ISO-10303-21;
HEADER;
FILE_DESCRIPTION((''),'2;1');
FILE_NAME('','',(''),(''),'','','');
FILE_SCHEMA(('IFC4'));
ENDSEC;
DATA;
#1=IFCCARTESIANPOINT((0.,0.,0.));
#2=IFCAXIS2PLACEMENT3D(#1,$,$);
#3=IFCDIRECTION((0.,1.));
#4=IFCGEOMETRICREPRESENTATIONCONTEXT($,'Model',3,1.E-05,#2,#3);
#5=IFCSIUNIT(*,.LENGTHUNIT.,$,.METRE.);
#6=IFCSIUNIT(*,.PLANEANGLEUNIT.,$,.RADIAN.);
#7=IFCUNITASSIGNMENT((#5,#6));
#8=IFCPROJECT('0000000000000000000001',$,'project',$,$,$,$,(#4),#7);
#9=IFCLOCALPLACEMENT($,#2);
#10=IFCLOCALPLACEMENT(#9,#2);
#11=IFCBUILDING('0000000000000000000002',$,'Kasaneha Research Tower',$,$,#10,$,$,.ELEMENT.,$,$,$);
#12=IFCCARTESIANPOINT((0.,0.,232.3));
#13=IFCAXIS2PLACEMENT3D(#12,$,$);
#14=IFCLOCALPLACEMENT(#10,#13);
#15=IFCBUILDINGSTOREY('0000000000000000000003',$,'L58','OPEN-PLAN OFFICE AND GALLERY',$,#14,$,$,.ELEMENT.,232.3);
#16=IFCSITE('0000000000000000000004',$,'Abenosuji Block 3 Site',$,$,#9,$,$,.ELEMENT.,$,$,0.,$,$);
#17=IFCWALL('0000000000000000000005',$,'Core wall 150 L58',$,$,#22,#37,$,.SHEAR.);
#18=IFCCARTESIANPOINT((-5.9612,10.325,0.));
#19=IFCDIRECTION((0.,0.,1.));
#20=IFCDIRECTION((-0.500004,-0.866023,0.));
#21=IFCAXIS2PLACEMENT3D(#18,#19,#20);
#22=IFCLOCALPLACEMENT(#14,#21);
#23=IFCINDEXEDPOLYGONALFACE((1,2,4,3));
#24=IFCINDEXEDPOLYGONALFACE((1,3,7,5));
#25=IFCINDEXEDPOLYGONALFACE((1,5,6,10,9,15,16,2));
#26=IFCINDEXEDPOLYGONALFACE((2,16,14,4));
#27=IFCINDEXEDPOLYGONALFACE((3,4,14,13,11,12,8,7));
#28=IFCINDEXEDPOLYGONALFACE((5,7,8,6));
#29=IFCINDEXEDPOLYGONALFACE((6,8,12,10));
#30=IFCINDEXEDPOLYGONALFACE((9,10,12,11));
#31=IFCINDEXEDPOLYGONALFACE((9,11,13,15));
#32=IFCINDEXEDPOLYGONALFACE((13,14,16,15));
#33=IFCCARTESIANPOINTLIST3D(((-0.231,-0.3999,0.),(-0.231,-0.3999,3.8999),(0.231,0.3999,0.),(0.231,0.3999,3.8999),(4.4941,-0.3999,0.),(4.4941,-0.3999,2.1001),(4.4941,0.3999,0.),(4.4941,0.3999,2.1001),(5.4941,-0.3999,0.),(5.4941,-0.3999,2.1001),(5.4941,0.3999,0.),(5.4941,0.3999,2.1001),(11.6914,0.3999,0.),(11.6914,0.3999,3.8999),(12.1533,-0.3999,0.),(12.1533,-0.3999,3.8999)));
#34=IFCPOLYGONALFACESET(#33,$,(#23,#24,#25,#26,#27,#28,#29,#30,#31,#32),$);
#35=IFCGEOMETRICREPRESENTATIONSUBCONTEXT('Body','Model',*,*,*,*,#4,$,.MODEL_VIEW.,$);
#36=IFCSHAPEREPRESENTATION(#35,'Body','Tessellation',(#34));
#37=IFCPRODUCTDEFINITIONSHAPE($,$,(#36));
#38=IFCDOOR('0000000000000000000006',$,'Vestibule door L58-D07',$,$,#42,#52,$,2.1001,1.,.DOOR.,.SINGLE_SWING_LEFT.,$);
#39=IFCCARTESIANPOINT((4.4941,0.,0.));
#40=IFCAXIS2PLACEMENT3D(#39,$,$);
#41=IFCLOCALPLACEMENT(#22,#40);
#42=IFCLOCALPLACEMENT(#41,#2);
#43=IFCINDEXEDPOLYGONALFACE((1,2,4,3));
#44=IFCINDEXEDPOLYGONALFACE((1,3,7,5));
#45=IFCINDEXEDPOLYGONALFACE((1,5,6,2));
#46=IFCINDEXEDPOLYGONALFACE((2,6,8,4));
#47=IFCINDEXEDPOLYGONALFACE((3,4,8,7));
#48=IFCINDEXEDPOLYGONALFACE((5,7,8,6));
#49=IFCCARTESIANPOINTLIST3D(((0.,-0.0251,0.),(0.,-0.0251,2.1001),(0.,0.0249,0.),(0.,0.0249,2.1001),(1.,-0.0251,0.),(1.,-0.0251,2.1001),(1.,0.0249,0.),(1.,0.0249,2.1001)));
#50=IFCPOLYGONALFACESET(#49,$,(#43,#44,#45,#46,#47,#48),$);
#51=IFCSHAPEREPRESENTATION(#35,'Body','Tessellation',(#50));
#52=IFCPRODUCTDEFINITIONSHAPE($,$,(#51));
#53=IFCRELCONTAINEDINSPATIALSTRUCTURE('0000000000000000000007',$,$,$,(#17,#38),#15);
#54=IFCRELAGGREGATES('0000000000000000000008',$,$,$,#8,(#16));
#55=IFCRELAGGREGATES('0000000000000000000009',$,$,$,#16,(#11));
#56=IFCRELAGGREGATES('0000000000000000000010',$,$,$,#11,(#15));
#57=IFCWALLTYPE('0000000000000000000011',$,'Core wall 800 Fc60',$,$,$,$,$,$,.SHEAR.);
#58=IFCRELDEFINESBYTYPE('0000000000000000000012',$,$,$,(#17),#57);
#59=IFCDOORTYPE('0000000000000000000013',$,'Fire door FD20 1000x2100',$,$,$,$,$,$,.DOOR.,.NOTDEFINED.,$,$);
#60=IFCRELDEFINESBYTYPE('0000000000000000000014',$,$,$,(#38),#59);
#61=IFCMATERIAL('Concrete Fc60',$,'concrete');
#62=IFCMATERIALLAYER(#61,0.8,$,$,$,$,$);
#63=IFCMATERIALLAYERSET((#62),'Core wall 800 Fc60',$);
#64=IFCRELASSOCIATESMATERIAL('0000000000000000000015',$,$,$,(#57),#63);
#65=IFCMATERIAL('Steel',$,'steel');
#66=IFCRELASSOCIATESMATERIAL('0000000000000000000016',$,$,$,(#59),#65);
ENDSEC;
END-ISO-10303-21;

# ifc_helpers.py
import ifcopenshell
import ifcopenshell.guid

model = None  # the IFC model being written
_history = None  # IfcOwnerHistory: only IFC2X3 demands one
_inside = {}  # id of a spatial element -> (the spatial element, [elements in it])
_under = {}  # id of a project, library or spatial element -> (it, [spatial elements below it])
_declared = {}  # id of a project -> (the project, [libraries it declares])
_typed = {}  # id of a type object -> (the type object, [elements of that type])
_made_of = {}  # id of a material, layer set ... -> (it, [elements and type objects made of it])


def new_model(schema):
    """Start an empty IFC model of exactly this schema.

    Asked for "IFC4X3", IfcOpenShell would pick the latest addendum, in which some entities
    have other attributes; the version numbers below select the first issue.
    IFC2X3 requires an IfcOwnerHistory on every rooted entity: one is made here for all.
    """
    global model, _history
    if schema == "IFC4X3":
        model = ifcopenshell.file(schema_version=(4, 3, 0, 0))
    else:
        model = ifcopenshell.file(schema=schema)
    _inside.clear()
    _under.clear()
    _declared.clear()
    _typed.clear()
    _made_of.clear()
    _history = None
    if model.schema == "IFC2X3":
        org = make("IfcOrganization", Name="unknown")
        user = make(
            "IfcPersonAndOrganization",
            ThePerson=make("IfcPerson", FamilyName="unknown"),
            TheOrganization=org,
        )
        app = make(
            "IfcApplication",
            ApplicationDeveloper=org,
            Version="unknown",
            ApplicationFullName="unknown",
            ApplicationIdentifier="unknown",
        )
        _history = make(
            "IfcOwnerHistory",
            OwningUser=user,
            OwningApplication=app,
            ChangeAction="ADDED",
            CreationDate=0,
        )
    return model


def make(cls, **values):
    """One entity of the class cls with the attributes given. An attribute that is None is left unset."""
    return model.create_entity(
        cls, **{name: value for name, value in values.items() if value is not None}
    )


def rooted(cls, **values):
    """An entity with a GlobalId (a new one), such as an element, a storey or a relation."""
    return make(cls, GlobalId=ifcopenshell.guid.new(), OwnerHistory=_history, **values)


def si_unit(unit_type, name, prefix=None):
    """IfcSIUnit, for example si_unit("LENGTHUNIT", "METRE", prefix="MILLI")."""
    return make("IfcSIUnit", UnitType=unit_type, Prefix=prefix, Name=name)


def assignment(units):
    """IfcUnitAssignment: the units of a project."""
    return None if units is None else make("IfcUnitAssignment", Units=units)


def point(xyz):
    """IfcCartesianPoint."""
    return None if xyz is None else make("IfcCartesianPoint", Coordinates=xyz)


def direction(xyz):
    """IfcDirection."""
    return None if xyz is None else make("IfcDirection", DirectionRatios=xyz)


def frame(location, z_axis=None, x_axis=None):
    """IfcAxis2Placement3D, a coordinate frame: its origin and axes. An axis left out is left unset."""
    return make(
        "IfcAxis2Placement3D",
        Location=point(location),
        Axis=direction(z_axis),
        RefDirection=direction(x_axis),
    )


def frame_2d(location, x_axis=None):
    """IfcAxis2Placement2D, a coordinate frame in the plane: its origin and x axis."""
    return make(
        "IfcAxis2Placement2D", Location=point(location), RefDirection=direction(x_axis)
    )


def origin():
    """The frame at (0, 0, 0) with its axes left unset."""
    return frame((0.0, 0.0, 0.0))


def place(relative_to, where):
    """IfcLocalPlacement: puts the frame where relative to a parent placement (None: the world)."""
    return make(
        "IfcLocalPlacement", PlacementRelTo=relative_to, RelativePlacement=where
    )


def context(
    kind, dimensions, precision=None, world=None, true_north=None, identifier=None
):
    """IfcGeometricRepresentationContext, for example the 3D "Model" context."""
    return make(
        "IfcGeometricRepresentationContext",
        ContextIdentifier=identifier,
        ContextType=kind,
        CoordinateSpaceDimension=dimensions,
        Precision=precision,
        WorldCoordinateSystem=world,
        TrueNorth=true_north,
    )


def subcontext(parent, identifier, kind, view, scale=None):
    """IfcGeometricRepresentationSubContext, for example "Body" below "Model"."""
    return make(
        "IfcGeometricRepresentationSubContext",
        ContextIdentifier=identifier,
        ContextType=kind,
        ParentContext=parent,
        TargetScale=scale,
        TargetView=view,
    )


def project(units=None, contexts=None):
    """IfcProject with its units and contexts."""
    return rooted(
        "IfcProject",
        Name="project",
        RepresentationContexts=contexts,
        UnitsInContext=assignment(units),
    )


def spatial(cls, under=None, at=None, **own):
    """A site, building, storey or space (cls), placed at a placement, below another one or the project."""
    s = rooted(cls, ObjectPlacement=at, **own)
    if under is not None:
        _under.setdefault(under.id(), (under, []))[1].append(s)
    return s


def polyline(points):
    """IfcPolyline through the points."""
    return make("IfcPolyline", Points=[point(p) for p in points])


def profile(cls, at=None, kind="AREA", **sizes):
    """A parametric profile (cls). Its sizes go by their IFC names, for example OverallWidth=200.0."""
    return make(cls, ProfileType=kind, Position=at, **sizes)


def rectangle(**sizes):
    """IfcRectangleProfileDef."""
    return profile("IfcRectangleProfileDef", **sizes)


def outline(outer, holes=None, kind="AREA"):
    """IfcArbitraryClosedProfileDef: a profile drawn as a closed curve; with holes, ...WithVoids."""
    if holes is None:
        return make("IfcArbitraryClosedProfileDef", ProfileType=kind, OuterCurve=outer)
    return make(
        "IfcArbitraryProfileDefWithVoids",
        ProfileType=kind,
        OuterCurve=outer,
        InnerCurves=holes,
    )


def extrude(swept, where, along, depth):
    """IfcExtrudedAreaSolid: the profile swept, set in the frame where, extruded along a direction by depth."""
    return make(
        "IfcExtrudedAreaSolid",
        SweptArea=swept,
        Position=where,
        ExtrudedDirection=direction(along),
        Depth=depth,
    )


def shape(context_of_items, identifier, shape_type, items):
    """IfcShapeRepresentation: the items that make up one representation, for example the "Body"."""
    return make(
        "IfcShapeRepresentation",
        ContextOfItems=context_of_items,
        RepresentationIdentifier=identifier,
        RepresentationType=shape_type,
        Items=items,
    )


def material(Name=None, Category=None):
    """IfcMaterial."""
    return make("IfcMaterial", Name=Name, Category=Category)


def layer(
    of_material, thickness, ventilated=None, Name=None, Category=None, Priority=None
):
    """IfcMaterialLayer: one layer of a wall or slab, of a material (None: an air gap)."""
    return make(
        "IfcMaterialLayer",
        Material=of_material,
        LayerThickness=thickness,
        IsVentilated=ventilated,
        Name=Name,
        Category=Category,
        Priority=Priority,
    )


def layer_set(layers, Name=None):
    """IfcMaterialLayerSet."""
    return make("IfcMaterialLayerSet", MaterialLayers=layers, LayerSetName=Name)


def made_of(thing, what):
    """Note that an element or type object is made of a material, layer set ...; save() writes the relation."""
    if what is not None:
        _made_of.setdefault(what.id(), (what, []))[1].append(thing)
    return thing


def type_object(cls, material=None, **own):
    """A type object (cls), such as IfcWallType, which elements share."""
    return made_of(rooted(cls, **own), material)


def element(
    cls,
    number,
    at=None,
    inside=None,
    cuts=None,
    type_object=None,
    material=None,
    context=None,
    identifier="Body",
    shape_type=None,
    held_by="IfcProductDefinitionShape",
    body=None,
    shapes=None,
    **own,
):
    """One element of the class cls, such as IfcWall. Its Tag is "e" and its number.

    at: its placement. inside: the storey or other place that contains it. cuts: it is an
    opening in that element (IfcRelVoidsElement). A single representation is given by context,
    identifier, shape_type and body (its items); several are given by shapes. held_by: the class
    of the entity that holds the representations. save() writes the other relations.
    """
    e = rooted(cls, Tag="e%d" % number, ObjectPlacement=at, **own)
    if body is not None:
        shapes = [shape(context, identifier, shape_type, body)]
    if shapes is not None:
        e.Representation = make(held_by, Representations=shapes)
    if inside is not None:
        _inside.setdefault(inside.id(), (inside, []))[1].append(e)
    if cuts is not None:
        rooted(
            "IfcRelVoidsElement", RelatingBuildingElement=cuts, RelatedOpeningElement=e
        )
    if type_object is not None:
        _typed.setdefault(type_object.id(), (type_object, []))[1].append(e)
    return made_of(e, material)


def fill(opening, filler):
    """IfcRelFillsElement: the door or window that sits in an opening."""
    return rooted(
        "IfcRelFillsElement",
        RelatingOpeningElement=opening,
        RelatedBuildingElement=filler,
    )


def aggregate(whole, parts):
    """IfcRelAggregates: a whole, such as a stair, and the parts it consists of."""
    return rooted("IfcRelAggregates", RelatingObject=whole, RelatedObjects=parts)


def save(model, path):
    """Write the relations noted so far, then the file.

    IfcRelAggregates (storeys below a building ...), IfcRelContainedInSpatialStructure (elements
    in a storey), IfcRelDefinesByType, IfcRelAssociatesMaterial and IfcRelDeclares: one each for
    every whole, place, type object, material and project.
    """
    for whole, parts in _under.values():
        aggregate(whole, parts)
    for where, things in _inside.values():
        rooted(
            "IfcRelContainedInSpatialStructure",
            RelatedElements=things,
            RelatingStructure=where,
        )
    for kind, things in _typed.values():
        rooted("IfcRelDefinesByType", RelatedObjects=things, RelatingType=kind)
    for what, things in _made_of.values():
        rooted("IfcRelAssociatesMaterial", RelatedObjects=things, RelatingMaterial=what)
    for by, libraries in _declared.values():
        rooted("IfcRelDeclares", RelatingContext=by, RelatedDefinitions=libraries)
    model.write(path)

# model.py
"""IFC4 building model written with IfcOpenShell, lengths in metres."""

from ifc_helpers import new_model, si_unit, direction, frame, frame_2d, origin, place, context, subcontext, project, spatial, polyline, rectangle, outline, extrude, material, layer, layer_set, type_object, element, fill, save


model = new_model("IFC4")

# Units and contexts
model_context = context("Model", 3, precision=1e-05, world=origin(), true_north=direction((0.0, 1.0)))
body_context = subcontext(model_context, "Body", "Model", "MODEL_VIEW")
ifc_project = project(units=[si_unit("LENGTHUNIT", "METRE"), si_unit("PLANEANGLEUNIT", "RADIAN")], contexts=[model_context])

# Site, building, storey
site_placement = place(None, origin())
site = spatial("IfcSite", under=ifc_project, at=site_placement, Name="Abenosuji Block 3 Site", CompositionType="ELEMENT", RefElevation=0.0)
building_placement = place(site_placement, origin())
building = spatial("IfcBuilding", under=site, at=building_placement, Name="Kasaneha Research Tower", CompositionType="ELEMENT")
storey_placement = place(building_placement, frame((0.0, 0.0, 232.3)))
storey = spatial("IfcBuildingStorey", under=building, at=storey_placement, Name="L58", Description="OPEN-PLAN OFFICE AND GALLERY", CompositionType="ELEMENT", Elevation=232.3)

# Wall, opening, door
ifc_material_1 = material(Name="Concrete Fc60", Category="concrete")
ifc_layer_1 = layer(ifc_material_1, 0.8)
ifc_layer_set_1 = layer_set([ifc_layer_1], Name="Core wall 800 Fc60")
wall_type_1 = type_object("IfcWallType", Name="Core wall 800 Fc60", PredefinedType="SHEAR", material=ifc_layer_set_1)
wall_1_placement = place(storey_placement, frame((-5.9612, 10.325, 0.0), z_axis=(0.0, 0.0, 1.0), x_axis=(-0.500004, -0.866023, 0.0)))
wall_1 = element("IfcWall", 1, at=wall_1_placement, inside=storey, type_object=wall_type_1, Name="Core wall 150 L58", PredefinedType="SHEAR", context=body_context, shape_type="SweptSolid", body=[
    extrude(outline(polyline([(-0.231, -0.3999), (4.4941, -0.3999), (5.4941, -0.3999), (12.1533, -0.3999), (11.6914, 0.3999), (5.4941, 0.3999), (4.4941, 0.3999), (0.231, 0.3999), (-0.231, -0.3999)])), origin(), (0.0, 0.0, 1.0), 3.8999),
])
opening_1_placement = place(wall_1_placement, frame((4.4941, 0.0, 0.0)))
opening_1 = element("IfcOpeningElement", 2, at=opening_1_placement, cuts=wall_1, PredefinedType="OPENING", context=body_context, shape_type="SweptSolid", body=[
    extrude(rectangle(XDim=1.0, YDim=2.1001, at=frame_2d((0.5, 1.05))), frame((0.0, 0.4102, 0.0), z_axis=(0.0, -1.0, 0.0), x_axis=(1.0, 0.0, 0.0)), (0.0, 0.0, 1.0), 0.8201),
])
ifc_material_2 = material(Name="Steel", Category="steel")
door_type_1 = type_object("IfcDoorType", Name="Fire door FD20 1000x2100", OperationType="NOTDEFINED", PredefinedType="DOOR", material=ifc_material_2)
door_1_placement = place(opening_1_placement, origin())
door_1 = element("IfcDoor", 3, at=door_1_placement, inside=storey, type_object=door_type_1, Name="Vestibule door L58-D07", OperationType="SINGLE_SWING_LEFT", OverallHeight=2.1001, OverallWidth=1.0, PredefinedType="DOOR", context=body_context, shape_type="SweptSolid", body=[
    extrude(rectangle(XDim=1.0, YDim=2.1001, at=frame_2d((0.5, 1.05))), frame((0.0, 0.0249, 0.0), z_axis=(0.0, -1.0, 0.0), x_axis=(1.0, 0.0, 0.0)), (0.0, 0.0, 1.0), 0.05),
])
fill(opening_1, door_1)

save(model, "model.ifc")
